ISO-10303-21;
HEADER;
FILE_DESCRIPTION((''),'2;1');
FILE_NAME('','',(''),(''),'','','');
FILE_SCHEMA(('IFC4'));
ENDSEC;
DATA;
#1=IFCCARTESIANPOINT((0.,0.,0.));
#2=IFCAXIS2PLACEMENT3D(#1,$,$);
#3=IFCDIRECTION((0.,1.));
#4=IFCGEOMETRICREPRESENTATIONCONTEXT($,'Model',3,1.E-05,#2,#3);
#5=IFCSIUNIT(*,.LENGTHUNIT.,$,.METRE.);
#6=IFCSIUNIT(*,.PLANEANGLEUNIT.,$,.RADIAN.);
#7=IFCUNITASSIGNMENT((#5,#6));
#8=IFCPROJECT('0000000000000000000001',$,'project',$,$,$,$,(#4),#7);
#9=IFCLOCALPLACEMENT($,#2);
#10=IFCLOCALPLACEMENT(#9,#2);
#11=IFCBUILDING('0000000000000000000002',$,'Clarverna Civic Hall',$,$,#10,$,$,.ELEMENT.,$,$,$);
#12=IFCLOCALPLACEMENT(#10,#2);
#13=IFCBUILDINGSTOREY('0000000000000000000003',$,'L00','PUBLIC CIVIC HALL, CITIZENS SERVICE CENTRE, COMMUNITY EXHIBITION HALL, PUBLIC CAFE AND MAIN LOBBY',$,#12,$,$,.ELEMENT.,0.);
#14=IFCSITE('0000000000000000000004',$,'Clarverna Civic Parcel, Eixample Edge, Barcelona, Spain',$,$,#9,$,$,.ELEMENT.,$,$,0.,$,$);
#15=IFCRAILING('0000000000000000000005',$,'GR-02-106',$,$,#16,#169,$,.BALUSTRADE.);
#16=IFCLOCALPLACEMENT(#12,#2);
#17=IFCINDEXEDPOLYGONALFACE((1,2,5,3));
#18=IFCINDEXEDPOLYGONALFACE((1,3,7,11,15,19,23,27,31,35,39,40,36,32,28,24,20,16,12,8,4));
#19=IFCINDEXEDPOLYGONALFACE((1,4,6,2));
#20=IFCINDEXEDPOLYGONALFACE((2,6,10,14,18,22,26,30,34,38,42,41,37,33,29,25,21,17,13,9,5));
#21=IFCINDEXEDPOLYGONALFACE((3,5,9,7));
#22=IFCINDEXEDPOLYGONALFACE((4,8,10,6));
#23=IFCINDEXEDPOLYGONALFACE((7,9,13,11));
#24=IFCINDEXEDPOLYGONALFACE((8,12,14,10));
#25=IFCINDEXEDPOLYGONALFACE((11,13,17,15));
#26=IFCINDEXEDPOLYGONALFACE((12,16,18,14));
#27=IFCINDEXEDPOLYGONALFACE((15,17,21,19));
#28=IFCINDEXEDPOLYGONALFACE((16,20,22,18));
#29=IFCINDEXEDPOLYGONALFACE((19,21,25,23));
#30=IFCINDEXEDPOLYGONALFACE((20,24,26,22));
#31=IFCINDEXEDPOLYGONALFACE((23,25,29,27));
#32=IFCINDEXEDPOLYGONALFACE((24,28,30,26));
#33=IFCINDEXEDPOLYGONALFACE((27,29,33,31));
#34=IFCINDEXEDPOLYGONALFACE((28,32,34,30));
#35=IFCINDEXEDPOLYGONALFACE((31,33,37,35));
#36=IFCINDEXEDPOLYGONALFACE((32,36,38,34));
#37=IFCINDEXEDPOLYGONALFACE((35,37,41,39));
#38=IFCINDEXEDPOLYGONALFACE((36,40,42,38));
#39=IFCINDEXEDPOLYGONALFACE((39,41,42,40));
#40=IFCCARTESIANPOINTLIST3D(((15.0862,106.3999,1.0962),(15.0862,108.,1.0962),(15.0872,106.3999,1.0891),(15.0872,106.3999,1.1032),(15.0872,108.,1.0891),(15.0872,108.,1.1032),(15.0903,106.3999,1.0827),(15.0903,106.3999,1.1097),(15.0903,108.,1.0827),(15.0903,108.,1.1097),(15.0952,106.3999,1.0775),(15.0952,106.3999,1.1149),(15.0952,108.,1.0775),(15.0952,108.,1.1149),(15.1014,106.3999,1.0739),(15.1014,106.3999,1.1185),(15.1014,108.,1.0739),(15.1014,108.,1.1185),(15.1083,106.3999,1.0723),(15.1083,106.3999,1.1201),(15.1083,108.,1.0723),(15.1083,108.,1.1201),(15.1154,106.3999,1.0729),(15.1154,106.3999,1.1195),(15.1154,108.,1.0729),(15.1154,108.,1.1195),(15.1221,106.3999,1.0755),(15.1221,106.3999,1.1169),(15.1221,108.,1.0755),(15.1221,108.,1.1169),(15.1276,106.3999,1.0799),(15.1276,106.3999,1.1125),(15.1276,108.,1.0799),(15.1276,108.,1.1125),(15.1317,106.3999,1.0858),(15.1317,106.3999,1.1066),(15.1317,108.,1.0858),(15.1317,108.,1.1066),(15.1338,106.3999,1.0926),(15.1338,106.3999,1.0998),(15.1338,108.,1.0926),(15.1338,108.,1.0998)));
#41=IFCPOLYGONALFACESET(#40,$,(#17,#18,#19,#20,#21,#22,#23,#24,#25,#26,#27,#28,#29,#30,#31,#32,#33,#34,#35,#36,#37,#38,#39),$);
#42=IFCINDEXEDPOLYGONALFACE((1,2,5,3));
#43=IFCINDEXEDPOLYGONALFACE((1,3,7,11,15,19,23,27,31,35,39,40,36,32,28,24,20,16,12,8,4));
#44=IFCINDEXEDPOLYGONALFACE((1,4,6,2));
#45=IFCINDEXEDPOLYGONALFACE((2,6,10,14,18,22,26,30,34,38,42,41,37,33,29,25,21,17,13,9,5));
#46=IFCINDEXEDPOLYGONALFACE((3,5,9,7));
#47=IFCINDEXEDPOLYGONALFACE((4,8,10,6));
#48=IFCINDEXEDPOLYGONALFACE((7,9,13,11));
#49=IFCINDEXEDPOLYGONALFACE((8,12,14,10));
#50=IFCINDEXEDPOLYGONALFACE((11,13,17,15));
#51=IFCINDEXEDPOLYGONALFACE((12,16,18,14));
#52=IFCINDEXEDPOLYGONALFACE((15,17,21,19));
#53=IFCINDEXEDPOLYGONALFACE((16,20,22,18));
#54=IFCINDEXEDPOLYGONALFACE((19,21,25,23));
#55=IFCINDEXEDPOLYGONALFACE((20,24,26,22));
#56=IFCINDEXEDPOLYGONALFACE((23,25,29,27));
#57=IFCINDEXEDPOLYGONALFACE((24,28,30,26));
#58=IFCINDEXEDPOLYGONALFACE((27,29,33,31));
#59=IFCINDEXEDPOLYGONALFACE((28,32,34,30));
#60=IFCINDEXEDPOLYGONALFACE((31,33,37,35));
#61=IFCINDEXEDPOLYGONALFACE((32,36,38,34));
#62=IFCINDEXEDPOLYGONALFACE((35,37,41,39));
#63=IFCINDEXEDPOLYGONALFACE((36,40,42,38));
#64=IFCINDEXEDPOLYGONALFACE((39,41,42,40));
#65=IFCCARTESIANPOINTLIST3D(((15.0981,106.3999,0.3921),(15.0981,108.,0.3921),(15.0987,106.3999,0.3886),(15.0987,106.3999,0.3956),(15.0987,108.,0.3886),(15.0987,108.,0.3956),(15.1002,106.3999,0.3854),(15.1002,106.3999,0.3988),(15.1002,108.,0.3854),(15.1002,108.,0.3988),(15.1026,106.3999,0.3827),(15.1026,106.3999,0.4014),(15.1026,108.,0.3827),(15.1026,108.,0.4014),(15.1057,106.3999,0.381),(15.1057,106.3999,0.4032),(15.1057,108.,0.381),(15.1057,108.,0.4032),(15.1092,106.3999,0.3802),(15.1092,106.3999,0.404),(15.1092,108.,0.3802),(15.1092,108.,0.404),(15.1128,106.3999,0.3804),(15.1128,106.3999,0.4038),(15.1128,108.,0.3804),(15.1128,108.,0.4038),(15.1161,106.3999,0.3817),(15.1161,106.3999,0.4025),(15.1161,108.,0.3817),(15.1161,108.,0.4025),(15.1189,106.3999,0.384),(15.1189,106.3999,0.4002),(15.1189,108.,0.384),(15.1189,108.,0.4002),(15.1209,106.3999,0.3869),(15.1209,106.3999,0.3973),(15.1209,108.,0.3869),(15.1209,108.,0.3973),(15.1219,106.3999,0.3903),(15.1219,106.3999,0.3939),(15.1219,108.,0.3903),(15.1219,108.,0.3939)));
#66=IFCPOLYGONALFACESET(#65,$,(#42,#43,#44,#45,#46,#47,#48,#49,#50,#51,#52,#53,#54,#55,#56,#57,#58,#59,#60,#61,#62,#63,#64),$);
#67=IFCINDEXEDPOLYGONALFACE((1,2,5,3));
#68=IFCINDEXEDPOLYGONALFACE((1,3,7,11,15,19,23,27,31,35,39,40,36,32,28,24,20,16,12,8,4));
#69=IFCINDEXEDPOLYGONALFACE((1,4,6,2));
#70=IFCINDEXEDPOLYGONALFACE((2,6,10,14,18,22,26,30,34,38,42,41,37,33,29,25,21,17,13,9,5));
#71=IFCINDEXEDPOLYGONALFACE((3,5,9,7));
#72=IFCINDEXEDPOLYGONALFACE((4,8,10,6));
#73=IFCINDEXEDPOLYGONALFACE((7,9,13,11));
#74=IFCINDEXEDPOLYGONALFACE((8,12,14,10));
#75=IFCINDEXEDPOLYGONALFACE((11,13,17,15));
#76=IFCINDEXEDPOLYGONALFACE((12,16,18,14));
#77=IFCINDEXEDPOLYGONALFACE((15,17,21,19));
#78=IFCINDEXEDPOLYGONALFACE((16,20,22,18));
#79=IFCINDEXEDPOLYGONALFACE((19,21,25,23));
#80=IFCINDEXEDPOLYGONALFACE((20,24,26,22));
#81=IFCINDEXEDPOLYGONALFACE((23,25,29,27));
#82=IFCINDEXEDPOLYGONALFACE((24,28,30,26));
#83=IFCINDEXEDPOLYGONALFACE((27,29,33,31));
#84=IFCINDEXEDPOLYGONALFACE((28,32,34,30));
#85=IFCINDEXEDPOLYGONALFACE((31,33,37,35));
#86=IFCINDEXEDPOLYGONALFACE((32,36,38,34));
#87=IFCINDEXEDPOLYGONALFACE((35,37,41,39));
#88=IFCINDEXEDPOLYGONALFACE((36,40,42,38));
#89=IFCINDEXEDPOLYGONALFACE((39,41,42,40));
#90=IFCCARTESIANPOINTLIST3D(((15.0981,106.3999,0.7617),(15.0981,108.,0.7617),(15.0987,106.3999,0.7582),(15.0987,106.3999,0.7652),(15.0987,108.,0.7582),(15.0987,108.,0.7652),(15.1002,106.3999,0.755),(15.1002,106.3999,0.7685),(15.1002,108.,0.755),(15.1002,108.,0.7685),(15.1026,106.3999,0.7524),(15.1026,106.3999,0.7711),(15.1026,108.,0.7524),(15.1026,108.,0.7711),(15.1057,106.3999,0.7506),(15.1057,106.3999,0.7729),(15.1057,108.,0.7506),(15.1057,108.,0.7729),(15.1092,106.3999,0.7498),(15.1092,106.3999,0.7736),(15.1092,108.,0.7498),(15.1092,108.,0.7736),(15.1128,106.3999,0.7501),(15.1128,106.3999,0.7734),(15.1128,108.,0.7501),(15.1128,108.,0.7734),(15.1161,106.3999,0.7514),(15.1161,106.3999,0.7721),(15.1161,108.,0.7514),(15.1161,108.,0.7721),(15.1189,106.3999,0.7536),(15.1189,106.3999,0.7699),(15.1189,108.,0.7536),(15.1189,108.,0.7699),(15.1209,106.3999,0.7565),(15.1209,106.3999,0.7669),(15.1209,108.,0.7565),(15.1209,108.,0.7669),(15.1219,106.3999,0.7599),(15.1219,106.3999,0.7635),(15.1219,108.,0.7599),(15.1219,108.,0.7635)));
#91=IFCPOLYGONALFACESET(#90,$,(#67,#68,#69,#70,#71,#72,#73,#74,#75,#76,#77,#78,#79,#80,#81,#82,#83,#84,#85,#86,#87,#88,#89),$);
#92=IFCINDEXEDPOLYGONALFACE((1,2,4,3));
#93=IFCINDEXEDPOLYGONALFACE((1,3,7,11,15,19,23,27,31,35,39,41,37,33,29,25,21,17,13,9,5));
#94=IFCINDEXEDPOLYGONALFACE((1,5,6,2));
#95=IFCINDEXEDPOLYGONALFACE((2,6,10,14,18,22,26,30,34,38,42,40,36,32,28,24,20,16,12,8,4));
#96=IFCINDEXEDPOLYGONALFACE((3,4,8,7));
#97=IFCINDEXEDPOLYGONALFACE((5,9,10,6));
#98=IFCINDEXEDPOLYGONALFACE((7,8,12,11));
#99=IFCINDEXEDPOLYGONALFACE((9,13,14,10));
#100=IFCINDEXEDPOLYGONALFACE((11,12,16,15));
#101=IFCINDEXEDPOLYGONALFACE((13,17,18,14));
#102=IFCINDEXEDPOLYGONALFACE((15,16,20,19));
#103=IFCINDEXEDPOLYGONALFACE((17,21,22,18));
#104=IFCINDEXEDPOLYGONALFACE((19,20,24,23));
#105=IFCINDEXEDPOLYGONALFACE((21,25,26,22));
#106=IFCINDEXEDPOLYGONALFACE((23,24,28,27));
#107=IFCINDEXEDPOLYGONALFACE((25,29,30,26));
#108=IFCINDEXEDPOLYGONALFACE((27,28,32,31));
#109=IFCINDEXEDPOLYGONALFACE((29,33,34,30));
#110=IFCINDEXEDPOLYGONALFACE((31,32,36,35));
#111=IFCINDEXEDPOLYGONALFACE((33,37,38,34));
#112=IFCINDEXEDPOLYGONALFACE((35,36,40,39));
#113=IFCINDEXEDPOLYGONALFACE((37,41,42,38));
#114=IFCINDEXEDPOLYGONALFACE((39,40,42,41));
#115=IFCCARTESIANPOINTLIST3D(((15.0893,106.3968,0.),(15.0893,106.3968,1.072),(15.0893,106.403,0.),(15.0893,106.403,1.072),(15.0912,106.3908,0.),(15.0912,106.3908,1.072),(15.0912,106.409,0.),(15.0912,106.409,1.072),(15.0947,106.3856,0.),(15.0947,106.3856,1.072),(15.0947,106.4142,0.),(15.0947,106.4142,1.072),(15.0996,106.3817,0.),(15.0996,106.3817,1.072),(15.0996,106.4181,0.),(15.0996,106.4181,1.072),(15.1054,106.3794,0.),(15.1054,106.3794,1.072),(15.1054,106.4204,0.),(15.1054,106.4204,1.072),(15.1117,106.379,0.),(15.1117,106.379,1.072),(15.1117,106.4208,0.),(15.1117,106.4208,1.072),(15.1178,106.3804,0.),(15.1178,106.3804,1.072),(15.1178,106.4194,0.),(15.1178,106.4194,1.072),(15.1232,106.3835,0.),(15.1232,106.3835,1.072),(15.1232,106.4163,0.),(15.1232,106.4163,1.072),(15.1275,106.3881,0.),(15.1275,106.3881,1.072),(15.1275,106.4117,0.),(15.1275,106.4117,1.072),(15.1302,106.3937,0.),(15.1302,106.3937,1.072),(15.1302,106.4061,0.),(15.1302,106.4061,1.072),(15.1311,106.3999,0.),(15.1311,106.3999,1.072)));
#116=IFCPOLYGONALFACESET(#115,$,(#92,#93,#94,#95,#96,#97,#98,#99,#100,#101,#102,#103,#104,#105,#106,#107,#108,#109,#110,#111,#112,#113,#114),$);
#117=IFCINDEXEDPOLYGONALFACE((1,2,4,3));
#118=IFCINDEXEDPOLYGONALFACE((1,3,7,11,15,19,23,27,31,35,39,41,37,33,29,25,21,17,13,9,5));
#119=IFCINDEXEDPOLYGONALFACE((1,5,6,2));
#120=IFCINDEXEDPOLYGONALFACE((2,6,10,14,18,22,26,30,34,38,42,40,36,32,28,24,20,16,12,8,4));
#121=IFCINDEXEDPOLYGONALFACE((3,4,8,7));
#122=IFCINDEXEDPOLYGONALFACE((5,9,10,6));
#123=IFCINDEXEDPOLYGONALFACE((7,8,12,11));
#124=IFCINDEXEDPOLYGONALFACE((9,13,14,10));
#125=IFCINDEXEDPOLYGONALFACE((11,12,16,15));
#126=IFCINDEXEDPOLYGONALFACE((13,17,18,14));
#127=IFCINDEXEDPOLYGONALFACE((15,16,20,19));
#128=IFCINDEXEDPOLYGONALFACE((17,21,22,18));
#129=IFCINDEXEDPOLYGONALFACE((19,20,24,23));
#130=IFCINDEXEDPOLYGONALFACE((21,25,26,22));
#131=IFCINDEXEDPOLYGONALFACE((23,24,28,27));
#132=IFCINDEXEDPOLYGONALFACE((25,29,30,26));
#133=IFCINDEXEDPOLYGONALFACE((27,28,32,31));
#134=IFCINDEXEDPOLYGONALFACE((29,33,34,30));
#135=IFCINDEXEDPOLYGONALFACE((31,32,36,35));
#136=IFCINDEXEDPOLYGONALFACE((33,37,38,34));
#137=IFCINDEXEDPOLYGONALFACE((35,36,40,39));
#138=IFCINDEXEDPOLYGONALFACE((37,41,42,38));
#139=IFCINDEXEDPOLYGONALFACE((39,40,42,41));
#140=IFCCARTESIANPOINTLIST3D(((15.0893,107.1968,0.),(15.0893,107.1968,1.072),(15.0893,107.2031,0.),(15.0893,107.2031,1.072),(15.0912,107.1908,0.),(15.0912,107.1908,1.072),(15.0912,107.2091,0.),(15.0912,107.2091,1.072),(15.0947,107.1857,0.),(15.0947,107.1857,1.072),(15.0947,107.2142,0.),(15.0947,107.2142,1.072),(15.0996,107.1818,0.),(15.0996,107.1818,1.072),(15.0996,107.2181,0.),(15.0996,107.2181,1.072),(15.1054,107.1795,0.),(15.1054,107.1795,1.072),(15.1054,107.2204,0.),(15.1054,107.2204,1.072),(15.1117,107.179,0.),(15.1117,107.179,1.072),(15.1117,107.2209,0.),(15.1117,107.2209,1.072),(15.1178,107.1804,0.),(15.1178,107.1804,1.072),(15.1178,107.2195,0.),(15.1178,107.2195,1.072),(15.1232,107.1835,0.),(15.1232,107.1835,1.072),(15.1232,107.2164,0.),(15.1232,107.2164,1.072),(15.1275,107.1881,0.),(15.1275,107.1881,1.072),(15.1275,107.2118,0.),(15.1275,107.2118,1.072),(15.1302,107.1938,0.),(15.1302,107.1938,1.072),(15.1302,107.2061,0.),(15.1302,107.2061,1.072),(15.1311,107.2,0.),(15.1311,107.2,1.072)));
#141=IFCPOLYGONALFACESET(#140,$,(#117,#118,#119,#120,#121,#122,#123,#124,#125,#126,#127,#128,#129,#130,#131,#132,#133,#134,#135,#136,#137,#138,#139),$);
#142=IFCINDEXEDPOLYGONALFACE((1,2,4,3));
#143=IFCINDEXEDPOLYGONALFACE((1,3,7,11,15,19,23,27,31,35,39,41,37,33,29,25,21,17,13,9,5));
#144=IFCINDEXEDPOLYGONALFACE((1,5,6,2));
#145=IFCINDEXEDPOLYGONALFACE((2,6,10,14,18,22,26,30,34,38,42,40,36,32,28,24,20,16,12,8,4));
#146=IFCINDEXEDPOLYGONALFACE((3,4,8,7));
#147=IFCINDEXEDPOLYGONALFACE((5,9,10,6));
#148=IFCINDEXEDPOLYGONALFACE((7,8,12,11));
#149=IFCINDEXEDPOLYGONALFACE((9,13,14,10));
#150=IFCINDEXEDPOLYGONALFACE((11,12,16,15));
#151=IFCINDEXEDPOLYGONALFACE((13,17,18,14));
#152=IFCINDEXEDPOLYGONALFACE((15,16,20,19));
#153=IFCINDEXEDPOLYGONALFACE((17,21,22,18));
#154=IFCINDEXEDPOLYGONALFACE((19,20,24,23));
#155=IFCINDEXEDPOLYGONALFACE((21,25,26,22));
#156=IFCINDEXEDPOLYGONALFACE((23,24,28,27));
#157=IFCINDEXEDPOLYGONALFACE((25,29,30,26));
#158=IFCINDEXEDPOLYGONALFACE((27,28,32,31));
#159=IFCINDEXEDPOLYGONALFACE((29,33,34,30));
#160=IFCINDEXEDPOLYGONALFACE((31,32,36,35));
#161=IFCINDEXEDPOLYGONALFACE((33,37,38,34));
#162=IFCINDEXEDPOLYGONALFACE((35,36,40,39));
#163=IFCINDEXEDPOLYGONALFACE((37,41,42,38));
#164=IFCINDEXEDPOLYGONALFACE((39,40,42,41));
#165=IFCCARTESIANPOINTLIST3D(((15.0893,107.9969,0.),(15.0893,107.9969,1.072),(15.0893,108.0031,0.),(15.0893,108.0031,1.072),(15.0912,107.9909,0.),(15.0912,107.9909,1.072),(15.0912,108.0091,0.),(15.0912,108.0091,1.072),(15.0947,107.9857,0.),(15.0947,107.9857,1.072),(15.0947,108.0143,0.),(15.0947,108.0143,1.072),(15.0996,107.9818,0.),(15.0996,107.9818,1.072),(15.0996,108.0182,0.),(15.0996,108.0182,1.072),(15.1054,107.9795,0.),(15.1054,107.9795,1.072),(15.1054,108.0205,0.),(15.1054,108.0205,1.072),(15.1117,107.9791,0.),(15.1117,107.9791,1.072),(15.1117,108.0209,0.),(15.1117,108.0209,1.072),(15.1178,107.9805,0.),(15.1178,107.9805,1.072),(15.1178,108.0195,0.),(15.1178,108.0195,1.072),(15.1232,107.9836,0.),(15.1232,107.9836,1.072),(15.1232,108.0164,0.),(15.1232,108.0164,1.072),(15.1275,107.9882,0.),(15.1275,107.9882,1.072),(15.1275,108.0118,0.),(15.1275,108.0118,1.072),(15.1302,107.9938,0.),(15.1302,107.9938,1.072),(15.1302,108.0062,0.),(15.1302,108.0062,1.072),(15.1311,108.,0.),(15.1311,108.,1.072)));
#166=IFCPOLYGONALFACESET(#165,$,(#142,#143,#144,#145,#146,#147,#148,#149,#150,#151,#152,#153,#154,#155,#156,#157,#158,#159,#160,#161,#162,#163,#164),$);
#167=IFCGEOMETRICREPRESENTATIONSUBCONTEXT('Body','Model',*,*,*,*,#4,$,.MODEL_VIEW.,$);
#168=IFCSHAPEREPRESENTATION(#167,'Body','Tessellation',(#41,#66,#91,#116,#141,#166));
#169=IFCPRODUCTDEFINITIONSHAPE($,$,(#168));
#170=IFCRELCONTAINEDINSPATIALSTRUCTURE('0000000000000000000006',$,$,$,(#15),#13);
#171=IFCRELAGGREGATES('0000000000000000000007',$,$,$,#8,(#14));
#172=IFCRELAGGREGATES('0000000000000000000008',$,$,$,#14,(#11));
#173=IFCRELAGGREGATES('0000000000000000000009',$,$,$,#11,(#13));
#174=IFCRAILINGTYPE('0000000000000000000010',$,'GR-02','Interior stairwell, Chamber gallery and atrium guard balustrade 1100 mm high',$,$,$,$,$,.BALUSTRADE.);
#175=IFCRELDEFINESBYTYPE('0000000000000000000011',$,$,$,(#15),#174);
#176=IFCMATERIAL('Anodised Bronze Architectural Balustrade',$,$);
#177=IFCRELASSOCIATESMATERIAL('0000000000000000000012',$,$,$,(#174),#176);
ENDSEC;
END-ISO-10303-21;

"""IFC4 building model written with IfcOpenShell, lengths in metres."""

from ifc_helpers import new_model, si_unit, direction, frame, origin, origin_2d, place, context, subcontext, project, spatial, circle, extrude, material, type_object, element, save


model = new_model("IFC4")

# Units and contexts
model_context = context("Model", 3, precision=1e-05, world=origin(), true_north=direction((0.0, 1.0)))
body_context = subcontext(model_context, "Body", "Model", "MODEL_VIEW")
ifc_project = project(units=[si_unit("LENGTHUNIT", "METRE"), si_unit("PLANEANGLEUNIT", "RADIAN")], contexts=[model_context])

# Site, building, storey
site_placement = place(None, origin())
site = spatial("IfcSite", under=ifc_project, at=site_placement, Name="Clarverna Civic Parcel, Eixample Edge, Barcelona, Spain", CompositionType="ELEMENT", RefElevation=0.0)
building_placement = place(site_placement, origin())
building = spatial("IfcBuilding", under=site, at=building_placement, Name="Clarverna Civic Hall", CompositionType="ELEMENT")
storey_placement = place(building_placement, origin())
storey = spatial("IfcBuildingStorey", under=building, at=storey_placement, Name="L00", Description="PUBLIC CIVIC HALL, CITIZENS SERVICE CENTRE, COMMUNITY EXHIBITION HALL, PUBLIC CAFE AND MAIN LOBBY", CompositionType="ELEMENT", Elevation=0.0)

# Railing
ifc_material_1 = material(Name="Anodised Bronze Architectural Balustrade")
railing_type = type_object("IfcRailingType", Name="GR-02", Description="Interior stairwell, Chamber gallery and atrium guard balustrade 1100 mm high", PredefinedType="BALUSTRADE", material=ifc_material_1)
railing_1_placement = place(storey_placement, frame((15.1101, 106.3999, 0.0)))
element("IfcRailing", 1, at=railing_1_placement, inside=storey, type_object=railing_type, Name="GR-02-106", PredefinedType="BALUSTRADE", context=body_context, shape_type="SweptSolid", body=[
    extrude(circle(Radius=0.0239, at=origin_2d()), frame((0.0, 0.0, 1.0962), z_axis=(0.0, 1.0, 0.0), x_axis=(-1.0, 0.0, 0.0)), (0.0, 0.0, 1.0), 1.6001),
    extrude(circle(Radius=0.012, at=origin_2d()), frame((0.0, 0.0, 0.3921), z_axis=(0.0, 1.0, 0.0), x_axis=(-1.0, 0.0, 0.0)), (0.0, 0.0, 1.0), 1.6001),
    extrude(circle(Radius=0.012, at=origin_2d()), frame((0.0, 0.0, 0.7617), z_axis=(0.0, 1.0, 0.0), x_axis=(-1.0, 0.0, 0.0)), (0.0, 0.0, 1.0), 1.6001),
    extrude(circle(Radius=0.021, at=origin_2d()), origin(), (0.0, 0.0, 1.0), 1.072),
    extrude(circle(Radius=0.021, at=origin_2d()), frame((0.0, 0.8, 0.0)), (0.0, 0.0, 1.0), 1.072),
    extrude(circle(Radius=0.021, at=origin_2d()), frame((0.0, 1.6001, 0.0)), (0.0, 0.0, 1.0), 1.072),
])

save(model, "model.ifc")
